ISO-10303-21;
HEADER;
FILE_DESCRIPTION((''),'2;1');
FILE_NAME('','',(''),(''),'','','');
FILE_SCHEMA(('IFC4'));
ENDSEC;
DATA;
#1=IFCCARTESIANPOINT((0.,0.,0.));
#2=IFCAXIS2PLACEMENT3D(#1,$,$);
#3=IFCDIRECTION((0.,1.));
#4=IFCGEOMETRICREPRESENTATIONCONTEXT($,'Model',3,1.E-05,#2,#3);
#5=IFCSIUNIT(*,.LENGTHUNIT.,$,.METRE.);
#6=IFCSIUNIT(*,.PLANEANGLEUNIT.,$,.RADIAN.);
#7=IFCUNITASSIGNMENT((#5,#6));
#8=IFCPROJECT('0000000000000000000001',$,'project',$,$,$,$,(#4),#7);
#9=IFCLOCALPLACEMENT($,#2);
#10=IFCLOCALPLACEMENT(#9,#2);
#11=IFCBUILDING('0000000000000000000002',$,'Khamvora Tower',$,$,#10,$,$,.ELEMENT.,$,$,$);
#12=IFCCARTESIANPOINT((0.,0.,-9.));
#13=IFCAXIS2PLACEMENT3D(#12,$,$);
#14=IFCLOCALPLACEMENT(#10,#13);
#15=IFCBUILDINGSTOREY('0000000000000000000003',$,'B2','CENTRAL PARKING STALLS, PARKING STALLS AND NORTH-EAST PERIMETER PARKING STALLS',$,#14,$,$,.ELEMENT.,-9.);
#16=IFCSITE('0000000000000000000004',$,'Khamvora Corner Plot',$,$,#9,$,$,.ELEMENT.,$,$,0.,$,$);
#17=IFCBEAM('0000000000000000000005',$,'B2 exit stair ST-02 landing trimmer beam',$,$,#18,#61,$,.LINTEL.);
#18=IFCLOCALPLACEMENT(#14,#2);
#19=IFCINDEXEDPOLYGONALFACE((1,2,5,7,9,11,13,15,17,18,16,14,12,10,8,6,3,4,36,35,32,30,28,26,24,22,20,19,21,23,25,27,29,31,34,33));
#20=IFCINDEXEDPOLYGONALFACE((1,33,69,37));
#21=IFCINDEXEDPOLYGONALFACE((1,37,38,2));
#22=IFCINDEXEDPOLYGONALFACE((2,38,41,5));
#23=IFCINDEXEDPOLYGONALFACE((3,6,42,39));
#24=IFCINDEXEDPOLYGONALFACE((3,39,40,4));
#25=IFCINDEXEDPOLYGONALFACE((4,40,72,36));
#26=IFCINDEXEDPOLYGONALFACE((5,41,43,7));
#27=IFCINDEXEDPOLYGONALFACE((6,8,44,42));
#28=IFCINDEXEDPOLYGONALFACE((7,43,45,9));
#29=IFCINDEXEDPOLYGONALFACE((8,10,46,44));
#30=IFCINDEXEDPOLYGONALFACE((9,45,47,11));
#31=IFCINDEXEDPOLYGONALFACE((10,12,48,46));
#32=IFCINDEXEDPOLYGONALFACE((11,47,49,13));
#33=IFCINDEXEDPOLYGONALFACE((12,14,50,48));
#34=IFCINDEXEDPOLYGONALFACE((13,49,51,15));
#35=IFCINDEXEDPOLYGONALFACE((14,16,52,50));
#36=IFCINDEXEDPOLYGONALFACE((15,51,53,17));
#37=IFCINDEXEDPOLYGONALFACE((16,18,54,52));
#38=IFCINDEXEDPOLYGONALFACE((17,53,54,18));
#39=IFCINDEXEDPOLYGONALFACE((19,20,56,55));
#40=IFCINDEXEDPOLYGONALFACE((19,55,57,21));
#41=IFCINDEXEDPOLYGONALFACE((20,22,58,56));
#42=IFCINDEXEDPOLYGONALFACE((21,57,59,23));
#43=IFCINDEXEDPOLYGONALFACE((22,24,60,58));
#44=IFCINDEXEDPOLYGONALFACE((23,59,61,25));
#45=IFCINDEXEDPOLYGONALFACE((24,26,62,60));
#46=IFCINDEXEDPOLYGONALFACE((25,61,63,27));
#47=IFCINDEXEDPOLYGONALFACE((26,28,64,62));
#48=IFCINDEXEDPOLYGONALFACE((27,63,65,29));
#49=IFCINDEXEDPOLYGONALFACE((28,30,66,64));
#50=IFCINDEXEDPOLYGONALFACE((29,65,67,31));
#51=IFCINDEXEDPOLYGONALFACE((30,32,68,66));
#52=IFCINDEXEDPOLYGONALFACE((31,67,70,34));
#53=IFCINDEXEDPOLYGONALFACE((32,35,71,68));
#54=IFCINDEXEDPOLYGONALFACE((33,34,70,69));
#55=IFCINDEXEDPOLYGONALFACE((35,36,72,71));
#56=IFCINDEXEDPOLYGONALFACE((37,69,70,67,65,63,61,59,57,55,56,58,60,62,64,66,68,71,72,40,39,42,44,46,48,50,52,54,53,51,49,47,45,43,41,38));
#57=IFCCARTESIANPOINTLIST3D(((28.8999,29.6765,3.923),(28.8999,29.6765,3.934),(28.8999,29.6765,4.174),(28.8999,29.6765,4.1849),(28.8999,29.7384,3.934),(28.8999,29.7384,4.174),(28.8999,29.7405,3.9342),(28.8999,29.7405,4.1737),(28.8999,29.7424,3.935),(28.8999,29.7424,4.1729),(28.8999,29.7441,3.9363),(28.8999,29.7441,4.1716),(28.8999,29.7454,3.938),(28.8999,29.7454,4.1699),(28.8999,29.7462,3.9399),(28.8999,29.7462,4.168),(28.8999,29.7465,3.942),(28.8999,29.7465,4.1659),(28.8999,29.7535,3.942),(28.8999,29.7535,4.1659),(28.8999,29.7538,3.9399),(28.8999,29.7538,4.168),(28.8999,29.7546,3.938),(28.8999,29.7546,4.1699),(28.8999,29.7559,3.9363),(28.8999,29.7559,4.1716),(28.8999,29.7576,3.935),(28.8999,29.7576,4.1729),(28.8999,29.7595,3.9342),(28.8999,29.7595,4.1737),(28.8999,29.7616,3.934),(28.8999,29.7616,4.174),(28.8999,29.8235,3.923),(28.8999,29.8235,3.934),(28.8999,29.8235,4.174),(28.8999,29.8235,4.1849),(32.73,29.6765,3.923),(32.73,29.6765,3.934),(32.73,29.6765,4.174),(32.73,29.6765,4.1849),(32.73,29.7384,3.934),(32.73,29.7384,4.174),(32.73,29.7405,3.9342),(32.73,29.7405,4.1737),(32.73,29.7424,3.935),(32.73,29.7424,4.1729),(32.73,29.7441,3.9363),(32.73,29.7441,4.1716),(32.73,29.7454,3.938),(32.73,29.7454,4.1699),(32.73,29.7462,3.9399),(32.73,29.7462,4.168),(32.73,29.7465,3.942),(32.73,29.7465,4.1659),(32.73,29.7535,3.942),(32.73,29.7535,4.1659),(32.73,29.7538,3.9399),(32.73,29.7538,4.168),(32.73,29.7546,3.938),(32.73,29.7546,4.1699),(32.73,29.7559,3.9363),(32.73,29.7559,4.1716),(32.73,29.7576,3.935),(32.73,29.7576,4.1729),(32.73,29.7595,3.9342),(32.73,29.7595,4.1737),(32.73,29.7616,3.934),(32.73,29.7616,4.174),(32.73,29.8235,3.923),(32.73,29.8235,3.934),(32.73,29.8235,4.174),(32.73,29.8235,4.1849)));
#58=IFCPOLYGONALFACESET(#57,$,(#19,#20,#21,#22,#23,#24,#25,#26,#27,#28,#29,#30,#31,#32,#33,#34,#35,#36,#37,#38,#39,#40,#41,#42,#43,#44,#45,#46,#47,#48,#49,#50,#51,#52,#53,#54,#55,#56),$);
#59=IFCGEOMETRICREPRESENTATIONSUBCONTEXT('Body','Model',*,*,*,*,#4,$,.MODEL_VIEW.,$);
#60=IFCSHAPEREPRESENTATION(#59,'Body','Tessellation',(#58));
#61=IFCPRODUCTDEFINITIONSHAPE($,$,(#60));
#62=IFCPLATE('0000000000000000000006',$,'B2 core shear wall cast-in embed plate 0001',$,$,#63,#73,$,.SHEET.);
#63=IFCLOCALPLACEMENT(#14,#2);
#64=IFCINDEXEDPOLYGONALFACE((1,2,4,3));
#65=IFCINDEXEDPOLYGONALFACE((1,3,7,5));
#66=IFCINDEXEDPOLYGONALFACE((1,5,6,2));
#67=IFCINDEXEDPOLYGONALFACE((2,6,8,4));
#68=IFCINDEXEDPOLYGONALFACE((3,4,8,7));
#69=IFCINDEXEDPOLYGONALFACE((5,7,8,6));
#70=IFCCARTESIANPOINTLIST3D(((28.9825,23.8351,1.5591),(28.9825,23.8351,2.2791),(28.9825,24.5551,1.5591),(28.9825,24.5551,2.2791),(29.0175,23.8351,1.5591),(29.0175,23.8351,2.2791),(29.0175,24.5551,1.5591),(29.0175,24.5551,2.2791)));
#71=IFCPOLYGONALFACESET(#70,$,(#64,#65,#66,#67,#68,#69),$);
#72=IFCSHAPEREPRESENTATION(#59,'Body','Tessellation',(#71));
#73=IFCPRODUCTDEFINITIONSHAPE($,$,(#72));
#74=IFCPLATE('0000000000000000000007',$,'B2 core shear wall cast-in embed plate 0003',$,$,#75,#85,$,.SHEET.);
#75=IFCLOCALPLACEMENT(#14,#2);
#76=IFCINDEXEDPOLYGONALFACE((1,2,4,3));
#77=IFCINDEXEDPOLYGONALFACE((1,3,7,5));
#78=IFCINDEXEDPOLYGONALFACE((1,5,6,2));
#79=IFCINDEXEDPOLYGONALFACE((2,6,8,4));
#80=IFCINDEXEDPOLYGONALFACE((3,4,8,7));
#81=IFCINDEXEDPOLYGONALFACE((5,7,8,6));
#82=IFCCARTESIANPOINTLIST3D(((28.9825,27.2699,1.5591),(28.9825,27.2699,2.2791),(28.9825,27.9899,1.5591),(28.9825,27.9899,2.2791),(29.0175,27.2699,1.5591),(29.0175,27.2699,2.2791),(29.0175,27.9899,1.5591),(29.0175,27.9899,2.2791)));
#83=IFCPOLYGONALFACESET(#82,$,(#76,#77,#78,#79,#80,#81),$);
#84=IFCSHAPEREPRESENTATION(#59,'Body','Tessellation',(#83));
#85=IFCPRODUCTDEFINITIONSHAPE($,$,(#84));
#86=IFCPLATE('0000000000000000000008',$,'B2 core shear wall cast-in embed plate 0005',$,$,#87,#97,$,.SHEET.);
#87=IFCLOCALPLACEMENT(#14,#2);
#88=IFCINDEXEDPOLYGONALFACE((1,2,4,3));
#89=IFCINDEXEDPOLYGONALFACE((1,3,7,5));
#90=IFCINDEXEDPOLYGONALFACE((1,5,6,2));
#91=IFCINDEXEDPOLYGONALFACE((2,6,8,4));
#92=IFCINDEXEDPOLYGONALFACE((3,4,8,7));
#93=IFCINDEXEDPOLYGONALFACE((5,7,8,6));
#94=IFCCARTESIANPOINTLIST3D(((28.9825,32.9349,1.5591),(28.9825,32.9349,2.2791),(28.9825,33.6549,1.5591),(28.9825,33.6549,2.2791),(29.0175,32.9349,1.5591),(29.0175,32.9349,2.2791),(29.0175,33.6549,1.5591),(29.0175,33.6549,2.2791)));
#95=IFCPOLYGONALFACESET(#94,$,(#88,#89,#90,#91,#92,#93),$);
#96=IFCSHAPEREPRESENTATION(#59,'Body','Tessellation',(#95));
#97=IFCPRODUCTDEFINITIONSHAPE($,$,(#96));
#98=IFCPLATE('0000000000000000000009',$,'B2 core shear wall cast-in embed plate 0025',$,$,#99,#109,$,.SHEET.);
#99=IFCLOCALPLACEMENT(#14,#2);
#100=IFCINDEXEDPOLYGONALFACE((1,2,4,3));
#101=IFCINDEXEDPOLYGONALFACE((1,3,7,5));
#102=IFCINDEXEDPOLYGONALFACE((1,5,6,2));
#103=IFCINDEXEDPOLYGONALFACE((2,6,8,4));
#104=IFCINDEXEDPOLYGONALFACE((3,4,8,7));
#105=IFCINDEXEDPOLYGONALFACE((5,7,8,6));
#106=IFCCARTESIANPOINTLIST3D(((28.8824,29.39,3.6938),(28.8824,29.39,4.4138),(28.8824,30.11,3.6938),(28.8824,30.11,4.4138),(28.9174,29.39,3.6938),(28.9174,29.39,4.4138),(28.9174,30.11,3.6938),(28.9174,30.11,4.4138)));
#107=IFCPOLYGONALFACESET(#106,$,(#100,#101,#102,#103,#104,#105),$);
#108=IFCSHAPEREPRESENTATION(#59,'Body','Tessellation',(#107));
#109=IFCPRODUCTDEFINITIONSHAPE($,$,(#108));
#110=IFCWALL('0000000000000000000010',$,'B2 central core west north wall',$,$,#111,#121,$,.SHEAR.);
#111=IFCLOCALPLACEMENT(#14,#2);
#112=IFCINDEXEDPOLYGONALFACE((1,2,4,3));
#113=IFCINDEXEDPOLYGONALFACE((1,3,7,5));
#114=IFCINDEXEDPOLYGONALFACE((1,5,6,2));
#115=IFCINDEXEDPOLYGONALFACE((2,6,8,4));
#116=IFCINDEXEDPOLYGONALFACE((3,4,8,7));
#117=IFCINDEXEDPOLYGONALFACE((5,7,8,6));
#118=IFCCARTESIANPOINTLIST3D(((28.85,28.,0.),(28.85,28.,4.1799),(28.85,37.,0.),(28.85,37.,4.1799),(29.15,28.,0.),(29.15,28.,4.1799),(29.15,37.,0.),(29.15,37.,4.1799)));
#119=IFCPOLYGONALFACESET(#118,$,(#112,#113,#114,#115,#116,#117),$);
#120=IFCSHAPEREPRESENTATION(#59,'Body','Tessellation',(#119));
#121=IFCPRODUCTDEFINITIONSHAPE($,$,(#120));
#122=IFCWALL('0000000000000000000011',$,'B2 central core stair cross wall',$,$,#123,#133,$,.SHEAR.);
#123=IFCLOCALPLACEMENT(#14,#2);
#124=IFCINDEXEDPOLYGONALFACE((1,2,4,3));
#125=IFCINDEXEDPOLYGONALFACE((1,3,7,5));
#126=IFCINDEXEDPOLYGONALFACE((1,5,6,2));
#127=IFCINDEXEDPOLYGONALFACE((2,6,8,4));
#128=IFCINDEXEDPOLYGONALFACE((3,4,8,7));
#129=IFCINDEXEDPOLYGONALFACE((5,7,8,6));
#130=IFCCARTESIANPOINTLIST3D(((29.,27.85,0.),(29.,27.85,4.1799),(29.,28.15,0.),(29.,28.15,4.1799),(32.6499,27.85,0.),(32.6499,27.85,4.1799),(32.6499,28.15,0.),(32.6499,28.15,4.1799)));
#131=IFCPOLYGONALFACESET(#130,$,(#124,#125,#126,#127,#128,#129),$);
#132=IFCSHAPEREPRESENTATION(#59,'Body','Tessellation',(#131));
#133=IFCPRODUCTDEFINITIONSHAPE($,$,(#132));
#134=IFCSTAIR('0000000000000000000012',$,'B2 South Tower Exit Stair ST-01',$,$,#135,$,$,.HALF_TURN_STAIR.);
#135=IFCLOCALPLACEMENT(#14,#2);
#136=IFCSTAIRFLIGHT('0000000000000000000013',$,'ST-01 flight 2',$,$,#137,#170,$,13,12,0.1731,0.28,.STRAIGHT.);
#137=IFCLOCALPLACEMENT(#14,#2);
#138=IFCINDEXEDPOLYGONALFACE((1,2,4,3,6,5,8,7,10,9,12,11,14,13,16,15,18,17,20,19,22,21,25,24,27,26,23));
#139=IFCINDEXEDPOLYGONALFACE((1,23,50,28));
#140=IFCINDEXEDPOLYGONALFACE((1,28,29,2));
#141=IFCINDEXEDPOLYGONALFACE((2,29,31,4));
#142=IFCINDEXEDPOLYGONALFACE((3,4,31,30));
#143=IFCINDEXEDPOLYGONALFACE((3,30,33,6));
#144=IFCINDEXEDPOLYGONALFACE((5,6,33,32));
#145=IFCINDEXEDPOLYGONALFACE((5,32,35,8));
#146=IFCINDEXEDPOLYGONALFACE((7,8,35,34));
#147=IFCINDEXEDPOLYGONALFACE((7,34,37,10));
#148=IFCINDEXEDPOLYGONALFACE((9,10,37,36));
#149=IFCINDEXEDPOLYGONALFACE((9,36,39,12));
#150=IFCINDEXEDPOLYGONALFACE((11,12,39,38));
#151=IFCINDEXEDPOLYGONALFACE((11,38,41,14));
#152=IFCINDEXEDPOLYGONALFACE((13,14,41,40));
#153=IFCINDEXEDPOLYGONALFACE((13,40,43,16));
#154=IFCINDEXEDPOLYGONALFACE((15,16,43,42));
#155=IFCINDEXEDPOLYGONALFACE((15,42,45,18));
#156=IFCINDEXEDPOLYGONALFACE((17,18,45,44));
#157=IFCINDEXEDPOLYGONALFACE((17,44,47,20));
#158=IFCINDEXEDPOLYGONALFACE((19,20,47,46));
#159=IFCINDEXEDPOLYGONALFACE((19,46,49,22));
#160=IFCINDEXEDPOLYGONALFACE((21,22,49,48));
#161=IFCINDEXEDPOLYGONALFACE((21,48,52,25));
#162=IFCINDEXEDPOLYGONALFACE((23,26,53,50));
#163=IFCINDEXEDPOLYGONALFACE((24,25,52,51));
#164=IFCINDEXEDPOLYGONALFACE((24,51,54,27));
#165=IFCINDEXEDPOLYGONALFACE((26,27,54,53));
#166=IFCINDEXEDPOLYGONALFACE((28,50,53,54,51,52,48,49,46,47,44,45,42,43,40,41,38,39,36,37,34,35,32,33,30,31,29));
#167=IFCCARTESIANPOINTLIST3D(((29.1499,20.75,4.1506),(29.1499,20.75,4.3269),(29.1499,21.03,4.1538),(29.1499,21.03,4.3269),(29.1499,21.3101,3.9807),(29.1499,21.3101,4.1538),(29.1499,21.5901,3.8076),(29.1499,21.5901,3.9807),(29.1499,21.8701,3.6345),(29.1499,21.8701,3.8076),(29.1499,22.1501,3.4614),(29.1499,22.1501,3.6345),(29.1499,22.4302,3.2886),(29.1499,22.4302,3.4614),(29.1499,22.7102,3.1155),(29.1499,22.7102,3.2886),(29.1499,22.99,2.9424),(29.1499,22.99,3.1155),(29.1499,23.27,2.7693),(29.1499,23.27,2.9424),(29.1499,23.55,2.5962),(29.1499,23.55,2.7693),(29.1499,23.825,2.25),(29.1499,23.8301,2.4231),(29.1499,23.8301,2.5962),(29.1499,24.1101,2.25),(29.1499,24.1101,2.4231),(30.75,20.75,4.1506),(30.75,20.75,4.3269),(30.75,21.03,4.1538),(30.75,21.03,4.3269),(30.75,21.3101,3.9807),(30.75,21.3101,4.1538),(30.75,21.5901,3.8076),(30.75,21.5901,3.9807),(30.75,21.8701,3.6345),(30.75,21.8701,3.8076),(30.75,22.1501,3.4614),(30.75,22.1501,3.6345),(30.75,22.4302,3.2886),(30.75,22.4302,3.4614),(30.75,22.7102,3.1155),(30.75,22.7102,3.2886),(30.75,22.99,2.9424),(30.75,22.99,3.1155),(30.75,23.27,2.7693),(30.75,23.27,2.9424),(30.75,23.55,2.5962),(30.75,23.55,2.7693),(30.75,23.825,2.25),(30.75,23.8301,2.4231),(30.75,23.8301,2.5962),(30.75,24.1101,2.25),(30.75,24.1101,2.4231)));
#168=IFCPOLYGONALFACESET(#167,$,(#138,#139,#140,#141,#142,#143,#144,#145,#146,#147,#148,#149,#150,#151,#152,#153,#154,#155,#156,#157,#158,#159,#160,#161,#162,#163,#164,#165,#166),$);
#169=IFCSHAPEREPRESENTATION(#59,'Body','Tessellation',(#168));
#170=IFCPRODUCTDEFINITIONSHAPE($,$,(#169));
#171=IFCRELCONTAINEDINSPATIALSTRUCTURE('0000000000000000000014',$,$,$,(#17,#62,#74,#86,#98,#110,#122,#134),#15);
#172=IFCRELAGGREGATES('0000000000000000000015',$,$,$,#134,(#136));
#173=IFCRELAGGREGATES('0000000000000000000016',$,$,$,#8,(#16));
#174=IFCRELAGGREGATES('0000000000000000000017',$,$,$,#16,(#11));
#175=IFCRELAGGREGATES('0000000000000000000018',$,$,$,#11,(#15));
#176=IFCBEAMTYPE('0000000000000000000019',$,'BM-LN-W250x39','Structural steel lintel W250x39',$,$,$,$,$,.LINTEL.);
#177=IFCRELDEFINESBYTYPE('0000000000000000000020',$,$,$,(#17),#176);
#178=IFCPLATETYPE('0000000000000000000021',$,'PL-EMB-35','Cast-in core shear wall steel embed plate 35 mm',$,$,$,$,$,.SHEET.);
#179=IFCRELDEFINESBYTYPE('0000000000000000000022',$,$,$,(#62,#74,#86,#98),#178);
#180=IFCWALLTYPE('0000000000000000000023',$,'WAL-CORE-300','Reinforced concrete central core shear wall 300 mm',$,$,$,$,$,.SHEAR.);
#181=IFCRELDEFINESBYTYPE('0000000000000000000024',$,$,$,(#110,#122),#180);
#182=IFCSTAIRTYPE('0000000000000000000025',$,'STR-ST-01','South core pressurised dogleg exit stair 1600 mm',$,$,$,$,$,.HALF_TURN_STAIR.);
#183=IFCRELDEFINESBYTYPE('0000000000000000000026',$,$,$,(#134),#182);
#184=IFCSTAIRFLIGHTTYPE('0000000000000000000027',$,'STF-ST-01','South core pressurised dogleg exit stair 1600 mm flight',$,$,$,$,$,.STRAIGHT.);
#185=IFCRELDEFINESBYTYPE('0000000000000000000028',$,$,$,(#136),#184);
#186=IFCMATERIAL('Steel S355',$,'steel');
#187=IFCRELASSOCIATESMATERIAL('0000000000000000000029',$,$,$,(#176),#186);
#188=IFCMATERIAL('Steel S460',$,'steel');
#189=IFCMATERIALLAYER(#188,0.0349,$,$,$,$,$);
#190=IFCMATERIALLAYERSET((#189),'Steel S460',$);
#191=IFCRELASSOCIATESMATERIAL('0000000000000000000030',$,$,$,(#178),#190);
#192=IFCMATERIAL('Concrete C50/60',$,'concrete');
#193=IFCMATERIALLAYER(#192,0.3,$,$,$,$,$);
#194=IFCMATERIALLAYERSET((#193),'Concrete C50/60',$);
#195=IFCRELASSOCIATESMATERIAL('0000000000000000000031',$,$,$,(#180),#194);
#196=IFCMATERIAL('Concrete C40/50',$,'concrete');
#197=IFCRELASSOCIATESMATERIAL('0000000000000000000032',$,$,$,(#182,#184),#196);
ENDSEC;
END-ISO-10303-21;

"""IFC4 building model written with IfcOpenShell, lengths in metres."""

from ifc_helpers import new_model, si_unit, direction, frame, frame_2d, origin, origin_2d, place, context, subcontext, project, spatial, polyline, rectangle, i_section, outline, extrude, material, layer, layer_set, material_profile, profile_set, type_object, element, aggregate, save


model = new_model("IFC4")

# Units and contexts
model_context = context("Model", 3, precision=1e-05, world=origin(), true_north=direction((0.0, 1.0)))
body_context = subcontext(model_context, "Body", "Model", "MODEL_VIEW")
ifc_project = project(units=[si_unit("LENGTHUNIT", "METRE"), si_unit("PLANEANGLEUNIT", "RADIAN")], contexts=[model_context])

# Site, building, storey
site_placement = place(None, origin())
site = spatial("IfcSite", under=ifc_project, at=site_placement, Name="Khamvora Corner Plot", CompositionType="ELEMENT", RefElevation=0.0)
building_placement = place(site_placement, origin())
building = spatial("IfcBuilding", under=site, at=building_placement, Name="Khamvora Tower", CompositionType="ELEMENT")
storey_placement = place(building_placement, frame((0.0, 0.0, -9.0)))
storey = spatial("IfcBuildingStorey", under=building, at=storey_placement, Name="B2", Description="CENTRAL PARKING STALLS, PARKING STALLS AND NORTH-EAST PERIMETER PARKING STALLS", CompositionType="ELEMENT", Elevation=-9.0)

# Shared definitions
ifc_material_1 = material(Name="Concrete C40/50", Category="concrete")

# Shared definitions
ifc_material_2 = material(Name="Steel S460", Category="steel")

# Beam
ifc_material_3 = material(Name="Steel S355", Category="steel")
ifc_material_profile_1 = material_profile(ifc_material_3, i_section(OverallWidth=0.147, OverallDepth=0.262, WebThickness=0.0071, FlangeThickness=0.011, FilletRadius=0.0081, at=origin_2d()), Name="W250x39")
ifc_profile_set_1 = profile_set([ifc_material_profile_1], Name="Steel S355")
beam_type = type_object("IfcBeamType", Name="BM-LN-W250x39", Description="Structural steel lintel W250x39", PredefinedType="LINTEL", material=ifc_profile_set_1)
beam_1_placement = place(storey_placement, frame((28.8999, 29.75, 4.054), z_axis=(1.0, 0.0, 0.0), x_axis=(0.0, 1.0, 0.0)))
element("IfcBeam", 1, at=beam_1_placement, inside=storey, type_object=beam_type, Name="B2 exit stair ST-02 landing trimmer beam", PredefinedType="LINTEL", context=body_context, shape_type="SweptSolid", body=[
    extrude(i_section(OverallWidth=0.147, OverallDepth=0.262, WebThickness=0.0071, FlangeThickness=0.011, FilletRadius=0.0081, at=origin_2d()), origin(), (0.0, 0.0, 1.0), 3.8301),
])

# Plates
ifc_layer_1 = layer(ifc_material_2, 0.0349)
ifc_layer_set_1 = layer_set([ifc_layer_1], Name="Steel S460")
plate_type = type_object("IfcPlateType", Name="PL-EMB-35", Description="Cast-in core shear wall steel embed plate 35 mm", PredefinedType="SHEET", material=ifc_layer_set_1)
for number, where, z_axis, x_axis, name in (
    (2, (29.0, 24.1951, 1.5591), (0.0, 0.0, 1.0), (1.0, 0.0, 0.0), "B2 core shear wall cast-in embed plate 0001"),
    (3, (29.0, 27.6299, 1.5591), (0.0, 0.0, 1.0), (1.0, 0.0, 0.0), "B2 core shear wall cast-in embed plate 0003"),
    (4, (29.0, 33.2949, 1.5591), (0.0, 0.0, 1.0), (1.0, 0.0, 0.0), "B2 core shear wall cast-in embed plate 0005"),
    (5, (28.8999, 29.75, 3.6938), (0.0, 0.0, 1.0), (1.0, 0.0, 0.0), "B2 core shear wall cast-in embed plate 0025"),
):
    element("IfcPlate", number, at=place(storey_placement, frame(where, z_axis=z_axis, x_axis=x_axis)), inside=storey, type_object=plate_type, Name=name, PredefinedType="SHEET", context=body_context, shape_type="SweptSolid", body=[
        extrude(rectangle(XDim=0.0349, YDim=0.72, at=origin_2d()), origin(), (0.0, 0.0, 1.0), 0.72),
    ])

# Walls
ifc_material_4 = material(Name="Concrete C50/60", Category="concrete")
ifc_layer_2 = layer(ifc_material_4, 0.3)
ifc_layer_set_2 = layer_set([ifc_layer_2], Name="Concrete C50/60")
wall_type = type_object("IfcWallType", Name="WAL-CORE-300", Description="Reinforced concrete central core shear wall 300 mm", PredefinedType="SHEAR", material=ifc_layer_set_2)
wall_1_placement = place(storey_placement, frame((29.0, 28.0, 0.0), z_axis=(0.0, 0.0, 1.0), x_axis=(0.0, 1.0, 0.0)))
element("IfcWall", 6, at=wall_1_placement, inside=storey, type_object=wall_type, Name="B2 central core west north wall", PredefinedType="SHEAR", context=body_context, shape_type="SweptSolid", body=[
    extrude(rectangle(XDim=9.0, YDim=0.3, at=frame_2d((4.5, 0.0))), origin(), (0.0, 0.0, 1.0), 4.1799),
])
wall_2_placement = place(storey_placement, frame((29.0, 28.0, 0.0), z_axis=(0.0, 0.0, 1.0), x_axis=(1.0, 0.0, 0.0)))
element("IfcWall", 7, at=wall_2_placement, inside=storey, type_object=wall_type, Name="B2 central core stair cross wall", PredefinedType="SHEAR", context=body_context, shape_type="SweptSolid", body=[
    extrude(rectangle(XDim=3.6499, YDim=0.3, at=frame_2d((1.825, 0.0))), origin(), (0.0, 0.0, 1.0), 4.1799),
])

# Stair, stair flight
stair_type_1 = type_object("IfcStairType", Name="STR-ST-01", Description="South core pressurised dogleg exit stair 1600 mm", PredefinedType="HALF_TURN_STAIR", material=ifc_material_1)
stair_1_placement = place(storey_placement, origin())
stair_1 = element("IfcStair", 8, at=stair_1_placement, inside=storey, type_object=stair_type_1, Name="B2 South Tower Exit Stair ST-01", PredefinedType="HALF_TURN_STAIR")
stair_flight_type_1 = type_object("IfcStairFlightType", Name="STF-ST-01", Description="South core pressurised dogleg exit stair 1600 mm flight", PredefinedType="STRAIGHT", material=ifc_material_1)
stair_flight_1_placement = place(storey_placement, frame((29.95, 24.1101, 2.25), z_axis=(0.0, 0.0, 1.0), x_axis=(0.0, -1.0, 0.0)))
stair_flight_1 = element("IfcStairFlight", 9, at=stair_flight_1_placement, type_object=stair_flight_type_1, Name="ST-01 flight 2", NumberOfRisers=13, NumberOfTreads=12, PredefinedType="STRAIGHT", RiserHeight=0.1731, TreadLength=0.28, context=body_context, shape_type="SweptSolid", body=[
    extrude(outline(polyline([(0.0, 0.0), (0.0, 0.1731), (0.28, 0.1731), (0.28, 0.3462), (0.5601, 0.3462), (0.5601, 0.5193), (0.8401, 0.5193), (0.8401, 0.6924), (1.1201, 0.6924), (1.1201, 0.8655), (1.3999, 0.8655), (1.3999, 1.0386), (1.6799, 1.0386), (1.6799, 1.2114), (1.96, 1.2114), (1.96, 1.3845), (2.24, 1.3845), (2.24, 1.5576), (2.52, 1.5576), (2.52, 1.7307), (2.8, 1.7307), (2.8, 1.9038), (3.0801, 1.9038), (3.0801, 2.0769), (3.3601, 2.0769), (3.3601, 2.25), (3.3601, 1.9006), (0.2852, 0.0), (0.0, 0.0)])), frame((0.0, 0.8, 0.0), z_axis=(0.0, -1.0, 0.0), x_axis=(1.0, 0.0, 0.0)), (0.0, 0.0, 1.0), 1.6001),
])
aggregate(stair_1, [stair_flight_1])

save(model, "model.ifc")
